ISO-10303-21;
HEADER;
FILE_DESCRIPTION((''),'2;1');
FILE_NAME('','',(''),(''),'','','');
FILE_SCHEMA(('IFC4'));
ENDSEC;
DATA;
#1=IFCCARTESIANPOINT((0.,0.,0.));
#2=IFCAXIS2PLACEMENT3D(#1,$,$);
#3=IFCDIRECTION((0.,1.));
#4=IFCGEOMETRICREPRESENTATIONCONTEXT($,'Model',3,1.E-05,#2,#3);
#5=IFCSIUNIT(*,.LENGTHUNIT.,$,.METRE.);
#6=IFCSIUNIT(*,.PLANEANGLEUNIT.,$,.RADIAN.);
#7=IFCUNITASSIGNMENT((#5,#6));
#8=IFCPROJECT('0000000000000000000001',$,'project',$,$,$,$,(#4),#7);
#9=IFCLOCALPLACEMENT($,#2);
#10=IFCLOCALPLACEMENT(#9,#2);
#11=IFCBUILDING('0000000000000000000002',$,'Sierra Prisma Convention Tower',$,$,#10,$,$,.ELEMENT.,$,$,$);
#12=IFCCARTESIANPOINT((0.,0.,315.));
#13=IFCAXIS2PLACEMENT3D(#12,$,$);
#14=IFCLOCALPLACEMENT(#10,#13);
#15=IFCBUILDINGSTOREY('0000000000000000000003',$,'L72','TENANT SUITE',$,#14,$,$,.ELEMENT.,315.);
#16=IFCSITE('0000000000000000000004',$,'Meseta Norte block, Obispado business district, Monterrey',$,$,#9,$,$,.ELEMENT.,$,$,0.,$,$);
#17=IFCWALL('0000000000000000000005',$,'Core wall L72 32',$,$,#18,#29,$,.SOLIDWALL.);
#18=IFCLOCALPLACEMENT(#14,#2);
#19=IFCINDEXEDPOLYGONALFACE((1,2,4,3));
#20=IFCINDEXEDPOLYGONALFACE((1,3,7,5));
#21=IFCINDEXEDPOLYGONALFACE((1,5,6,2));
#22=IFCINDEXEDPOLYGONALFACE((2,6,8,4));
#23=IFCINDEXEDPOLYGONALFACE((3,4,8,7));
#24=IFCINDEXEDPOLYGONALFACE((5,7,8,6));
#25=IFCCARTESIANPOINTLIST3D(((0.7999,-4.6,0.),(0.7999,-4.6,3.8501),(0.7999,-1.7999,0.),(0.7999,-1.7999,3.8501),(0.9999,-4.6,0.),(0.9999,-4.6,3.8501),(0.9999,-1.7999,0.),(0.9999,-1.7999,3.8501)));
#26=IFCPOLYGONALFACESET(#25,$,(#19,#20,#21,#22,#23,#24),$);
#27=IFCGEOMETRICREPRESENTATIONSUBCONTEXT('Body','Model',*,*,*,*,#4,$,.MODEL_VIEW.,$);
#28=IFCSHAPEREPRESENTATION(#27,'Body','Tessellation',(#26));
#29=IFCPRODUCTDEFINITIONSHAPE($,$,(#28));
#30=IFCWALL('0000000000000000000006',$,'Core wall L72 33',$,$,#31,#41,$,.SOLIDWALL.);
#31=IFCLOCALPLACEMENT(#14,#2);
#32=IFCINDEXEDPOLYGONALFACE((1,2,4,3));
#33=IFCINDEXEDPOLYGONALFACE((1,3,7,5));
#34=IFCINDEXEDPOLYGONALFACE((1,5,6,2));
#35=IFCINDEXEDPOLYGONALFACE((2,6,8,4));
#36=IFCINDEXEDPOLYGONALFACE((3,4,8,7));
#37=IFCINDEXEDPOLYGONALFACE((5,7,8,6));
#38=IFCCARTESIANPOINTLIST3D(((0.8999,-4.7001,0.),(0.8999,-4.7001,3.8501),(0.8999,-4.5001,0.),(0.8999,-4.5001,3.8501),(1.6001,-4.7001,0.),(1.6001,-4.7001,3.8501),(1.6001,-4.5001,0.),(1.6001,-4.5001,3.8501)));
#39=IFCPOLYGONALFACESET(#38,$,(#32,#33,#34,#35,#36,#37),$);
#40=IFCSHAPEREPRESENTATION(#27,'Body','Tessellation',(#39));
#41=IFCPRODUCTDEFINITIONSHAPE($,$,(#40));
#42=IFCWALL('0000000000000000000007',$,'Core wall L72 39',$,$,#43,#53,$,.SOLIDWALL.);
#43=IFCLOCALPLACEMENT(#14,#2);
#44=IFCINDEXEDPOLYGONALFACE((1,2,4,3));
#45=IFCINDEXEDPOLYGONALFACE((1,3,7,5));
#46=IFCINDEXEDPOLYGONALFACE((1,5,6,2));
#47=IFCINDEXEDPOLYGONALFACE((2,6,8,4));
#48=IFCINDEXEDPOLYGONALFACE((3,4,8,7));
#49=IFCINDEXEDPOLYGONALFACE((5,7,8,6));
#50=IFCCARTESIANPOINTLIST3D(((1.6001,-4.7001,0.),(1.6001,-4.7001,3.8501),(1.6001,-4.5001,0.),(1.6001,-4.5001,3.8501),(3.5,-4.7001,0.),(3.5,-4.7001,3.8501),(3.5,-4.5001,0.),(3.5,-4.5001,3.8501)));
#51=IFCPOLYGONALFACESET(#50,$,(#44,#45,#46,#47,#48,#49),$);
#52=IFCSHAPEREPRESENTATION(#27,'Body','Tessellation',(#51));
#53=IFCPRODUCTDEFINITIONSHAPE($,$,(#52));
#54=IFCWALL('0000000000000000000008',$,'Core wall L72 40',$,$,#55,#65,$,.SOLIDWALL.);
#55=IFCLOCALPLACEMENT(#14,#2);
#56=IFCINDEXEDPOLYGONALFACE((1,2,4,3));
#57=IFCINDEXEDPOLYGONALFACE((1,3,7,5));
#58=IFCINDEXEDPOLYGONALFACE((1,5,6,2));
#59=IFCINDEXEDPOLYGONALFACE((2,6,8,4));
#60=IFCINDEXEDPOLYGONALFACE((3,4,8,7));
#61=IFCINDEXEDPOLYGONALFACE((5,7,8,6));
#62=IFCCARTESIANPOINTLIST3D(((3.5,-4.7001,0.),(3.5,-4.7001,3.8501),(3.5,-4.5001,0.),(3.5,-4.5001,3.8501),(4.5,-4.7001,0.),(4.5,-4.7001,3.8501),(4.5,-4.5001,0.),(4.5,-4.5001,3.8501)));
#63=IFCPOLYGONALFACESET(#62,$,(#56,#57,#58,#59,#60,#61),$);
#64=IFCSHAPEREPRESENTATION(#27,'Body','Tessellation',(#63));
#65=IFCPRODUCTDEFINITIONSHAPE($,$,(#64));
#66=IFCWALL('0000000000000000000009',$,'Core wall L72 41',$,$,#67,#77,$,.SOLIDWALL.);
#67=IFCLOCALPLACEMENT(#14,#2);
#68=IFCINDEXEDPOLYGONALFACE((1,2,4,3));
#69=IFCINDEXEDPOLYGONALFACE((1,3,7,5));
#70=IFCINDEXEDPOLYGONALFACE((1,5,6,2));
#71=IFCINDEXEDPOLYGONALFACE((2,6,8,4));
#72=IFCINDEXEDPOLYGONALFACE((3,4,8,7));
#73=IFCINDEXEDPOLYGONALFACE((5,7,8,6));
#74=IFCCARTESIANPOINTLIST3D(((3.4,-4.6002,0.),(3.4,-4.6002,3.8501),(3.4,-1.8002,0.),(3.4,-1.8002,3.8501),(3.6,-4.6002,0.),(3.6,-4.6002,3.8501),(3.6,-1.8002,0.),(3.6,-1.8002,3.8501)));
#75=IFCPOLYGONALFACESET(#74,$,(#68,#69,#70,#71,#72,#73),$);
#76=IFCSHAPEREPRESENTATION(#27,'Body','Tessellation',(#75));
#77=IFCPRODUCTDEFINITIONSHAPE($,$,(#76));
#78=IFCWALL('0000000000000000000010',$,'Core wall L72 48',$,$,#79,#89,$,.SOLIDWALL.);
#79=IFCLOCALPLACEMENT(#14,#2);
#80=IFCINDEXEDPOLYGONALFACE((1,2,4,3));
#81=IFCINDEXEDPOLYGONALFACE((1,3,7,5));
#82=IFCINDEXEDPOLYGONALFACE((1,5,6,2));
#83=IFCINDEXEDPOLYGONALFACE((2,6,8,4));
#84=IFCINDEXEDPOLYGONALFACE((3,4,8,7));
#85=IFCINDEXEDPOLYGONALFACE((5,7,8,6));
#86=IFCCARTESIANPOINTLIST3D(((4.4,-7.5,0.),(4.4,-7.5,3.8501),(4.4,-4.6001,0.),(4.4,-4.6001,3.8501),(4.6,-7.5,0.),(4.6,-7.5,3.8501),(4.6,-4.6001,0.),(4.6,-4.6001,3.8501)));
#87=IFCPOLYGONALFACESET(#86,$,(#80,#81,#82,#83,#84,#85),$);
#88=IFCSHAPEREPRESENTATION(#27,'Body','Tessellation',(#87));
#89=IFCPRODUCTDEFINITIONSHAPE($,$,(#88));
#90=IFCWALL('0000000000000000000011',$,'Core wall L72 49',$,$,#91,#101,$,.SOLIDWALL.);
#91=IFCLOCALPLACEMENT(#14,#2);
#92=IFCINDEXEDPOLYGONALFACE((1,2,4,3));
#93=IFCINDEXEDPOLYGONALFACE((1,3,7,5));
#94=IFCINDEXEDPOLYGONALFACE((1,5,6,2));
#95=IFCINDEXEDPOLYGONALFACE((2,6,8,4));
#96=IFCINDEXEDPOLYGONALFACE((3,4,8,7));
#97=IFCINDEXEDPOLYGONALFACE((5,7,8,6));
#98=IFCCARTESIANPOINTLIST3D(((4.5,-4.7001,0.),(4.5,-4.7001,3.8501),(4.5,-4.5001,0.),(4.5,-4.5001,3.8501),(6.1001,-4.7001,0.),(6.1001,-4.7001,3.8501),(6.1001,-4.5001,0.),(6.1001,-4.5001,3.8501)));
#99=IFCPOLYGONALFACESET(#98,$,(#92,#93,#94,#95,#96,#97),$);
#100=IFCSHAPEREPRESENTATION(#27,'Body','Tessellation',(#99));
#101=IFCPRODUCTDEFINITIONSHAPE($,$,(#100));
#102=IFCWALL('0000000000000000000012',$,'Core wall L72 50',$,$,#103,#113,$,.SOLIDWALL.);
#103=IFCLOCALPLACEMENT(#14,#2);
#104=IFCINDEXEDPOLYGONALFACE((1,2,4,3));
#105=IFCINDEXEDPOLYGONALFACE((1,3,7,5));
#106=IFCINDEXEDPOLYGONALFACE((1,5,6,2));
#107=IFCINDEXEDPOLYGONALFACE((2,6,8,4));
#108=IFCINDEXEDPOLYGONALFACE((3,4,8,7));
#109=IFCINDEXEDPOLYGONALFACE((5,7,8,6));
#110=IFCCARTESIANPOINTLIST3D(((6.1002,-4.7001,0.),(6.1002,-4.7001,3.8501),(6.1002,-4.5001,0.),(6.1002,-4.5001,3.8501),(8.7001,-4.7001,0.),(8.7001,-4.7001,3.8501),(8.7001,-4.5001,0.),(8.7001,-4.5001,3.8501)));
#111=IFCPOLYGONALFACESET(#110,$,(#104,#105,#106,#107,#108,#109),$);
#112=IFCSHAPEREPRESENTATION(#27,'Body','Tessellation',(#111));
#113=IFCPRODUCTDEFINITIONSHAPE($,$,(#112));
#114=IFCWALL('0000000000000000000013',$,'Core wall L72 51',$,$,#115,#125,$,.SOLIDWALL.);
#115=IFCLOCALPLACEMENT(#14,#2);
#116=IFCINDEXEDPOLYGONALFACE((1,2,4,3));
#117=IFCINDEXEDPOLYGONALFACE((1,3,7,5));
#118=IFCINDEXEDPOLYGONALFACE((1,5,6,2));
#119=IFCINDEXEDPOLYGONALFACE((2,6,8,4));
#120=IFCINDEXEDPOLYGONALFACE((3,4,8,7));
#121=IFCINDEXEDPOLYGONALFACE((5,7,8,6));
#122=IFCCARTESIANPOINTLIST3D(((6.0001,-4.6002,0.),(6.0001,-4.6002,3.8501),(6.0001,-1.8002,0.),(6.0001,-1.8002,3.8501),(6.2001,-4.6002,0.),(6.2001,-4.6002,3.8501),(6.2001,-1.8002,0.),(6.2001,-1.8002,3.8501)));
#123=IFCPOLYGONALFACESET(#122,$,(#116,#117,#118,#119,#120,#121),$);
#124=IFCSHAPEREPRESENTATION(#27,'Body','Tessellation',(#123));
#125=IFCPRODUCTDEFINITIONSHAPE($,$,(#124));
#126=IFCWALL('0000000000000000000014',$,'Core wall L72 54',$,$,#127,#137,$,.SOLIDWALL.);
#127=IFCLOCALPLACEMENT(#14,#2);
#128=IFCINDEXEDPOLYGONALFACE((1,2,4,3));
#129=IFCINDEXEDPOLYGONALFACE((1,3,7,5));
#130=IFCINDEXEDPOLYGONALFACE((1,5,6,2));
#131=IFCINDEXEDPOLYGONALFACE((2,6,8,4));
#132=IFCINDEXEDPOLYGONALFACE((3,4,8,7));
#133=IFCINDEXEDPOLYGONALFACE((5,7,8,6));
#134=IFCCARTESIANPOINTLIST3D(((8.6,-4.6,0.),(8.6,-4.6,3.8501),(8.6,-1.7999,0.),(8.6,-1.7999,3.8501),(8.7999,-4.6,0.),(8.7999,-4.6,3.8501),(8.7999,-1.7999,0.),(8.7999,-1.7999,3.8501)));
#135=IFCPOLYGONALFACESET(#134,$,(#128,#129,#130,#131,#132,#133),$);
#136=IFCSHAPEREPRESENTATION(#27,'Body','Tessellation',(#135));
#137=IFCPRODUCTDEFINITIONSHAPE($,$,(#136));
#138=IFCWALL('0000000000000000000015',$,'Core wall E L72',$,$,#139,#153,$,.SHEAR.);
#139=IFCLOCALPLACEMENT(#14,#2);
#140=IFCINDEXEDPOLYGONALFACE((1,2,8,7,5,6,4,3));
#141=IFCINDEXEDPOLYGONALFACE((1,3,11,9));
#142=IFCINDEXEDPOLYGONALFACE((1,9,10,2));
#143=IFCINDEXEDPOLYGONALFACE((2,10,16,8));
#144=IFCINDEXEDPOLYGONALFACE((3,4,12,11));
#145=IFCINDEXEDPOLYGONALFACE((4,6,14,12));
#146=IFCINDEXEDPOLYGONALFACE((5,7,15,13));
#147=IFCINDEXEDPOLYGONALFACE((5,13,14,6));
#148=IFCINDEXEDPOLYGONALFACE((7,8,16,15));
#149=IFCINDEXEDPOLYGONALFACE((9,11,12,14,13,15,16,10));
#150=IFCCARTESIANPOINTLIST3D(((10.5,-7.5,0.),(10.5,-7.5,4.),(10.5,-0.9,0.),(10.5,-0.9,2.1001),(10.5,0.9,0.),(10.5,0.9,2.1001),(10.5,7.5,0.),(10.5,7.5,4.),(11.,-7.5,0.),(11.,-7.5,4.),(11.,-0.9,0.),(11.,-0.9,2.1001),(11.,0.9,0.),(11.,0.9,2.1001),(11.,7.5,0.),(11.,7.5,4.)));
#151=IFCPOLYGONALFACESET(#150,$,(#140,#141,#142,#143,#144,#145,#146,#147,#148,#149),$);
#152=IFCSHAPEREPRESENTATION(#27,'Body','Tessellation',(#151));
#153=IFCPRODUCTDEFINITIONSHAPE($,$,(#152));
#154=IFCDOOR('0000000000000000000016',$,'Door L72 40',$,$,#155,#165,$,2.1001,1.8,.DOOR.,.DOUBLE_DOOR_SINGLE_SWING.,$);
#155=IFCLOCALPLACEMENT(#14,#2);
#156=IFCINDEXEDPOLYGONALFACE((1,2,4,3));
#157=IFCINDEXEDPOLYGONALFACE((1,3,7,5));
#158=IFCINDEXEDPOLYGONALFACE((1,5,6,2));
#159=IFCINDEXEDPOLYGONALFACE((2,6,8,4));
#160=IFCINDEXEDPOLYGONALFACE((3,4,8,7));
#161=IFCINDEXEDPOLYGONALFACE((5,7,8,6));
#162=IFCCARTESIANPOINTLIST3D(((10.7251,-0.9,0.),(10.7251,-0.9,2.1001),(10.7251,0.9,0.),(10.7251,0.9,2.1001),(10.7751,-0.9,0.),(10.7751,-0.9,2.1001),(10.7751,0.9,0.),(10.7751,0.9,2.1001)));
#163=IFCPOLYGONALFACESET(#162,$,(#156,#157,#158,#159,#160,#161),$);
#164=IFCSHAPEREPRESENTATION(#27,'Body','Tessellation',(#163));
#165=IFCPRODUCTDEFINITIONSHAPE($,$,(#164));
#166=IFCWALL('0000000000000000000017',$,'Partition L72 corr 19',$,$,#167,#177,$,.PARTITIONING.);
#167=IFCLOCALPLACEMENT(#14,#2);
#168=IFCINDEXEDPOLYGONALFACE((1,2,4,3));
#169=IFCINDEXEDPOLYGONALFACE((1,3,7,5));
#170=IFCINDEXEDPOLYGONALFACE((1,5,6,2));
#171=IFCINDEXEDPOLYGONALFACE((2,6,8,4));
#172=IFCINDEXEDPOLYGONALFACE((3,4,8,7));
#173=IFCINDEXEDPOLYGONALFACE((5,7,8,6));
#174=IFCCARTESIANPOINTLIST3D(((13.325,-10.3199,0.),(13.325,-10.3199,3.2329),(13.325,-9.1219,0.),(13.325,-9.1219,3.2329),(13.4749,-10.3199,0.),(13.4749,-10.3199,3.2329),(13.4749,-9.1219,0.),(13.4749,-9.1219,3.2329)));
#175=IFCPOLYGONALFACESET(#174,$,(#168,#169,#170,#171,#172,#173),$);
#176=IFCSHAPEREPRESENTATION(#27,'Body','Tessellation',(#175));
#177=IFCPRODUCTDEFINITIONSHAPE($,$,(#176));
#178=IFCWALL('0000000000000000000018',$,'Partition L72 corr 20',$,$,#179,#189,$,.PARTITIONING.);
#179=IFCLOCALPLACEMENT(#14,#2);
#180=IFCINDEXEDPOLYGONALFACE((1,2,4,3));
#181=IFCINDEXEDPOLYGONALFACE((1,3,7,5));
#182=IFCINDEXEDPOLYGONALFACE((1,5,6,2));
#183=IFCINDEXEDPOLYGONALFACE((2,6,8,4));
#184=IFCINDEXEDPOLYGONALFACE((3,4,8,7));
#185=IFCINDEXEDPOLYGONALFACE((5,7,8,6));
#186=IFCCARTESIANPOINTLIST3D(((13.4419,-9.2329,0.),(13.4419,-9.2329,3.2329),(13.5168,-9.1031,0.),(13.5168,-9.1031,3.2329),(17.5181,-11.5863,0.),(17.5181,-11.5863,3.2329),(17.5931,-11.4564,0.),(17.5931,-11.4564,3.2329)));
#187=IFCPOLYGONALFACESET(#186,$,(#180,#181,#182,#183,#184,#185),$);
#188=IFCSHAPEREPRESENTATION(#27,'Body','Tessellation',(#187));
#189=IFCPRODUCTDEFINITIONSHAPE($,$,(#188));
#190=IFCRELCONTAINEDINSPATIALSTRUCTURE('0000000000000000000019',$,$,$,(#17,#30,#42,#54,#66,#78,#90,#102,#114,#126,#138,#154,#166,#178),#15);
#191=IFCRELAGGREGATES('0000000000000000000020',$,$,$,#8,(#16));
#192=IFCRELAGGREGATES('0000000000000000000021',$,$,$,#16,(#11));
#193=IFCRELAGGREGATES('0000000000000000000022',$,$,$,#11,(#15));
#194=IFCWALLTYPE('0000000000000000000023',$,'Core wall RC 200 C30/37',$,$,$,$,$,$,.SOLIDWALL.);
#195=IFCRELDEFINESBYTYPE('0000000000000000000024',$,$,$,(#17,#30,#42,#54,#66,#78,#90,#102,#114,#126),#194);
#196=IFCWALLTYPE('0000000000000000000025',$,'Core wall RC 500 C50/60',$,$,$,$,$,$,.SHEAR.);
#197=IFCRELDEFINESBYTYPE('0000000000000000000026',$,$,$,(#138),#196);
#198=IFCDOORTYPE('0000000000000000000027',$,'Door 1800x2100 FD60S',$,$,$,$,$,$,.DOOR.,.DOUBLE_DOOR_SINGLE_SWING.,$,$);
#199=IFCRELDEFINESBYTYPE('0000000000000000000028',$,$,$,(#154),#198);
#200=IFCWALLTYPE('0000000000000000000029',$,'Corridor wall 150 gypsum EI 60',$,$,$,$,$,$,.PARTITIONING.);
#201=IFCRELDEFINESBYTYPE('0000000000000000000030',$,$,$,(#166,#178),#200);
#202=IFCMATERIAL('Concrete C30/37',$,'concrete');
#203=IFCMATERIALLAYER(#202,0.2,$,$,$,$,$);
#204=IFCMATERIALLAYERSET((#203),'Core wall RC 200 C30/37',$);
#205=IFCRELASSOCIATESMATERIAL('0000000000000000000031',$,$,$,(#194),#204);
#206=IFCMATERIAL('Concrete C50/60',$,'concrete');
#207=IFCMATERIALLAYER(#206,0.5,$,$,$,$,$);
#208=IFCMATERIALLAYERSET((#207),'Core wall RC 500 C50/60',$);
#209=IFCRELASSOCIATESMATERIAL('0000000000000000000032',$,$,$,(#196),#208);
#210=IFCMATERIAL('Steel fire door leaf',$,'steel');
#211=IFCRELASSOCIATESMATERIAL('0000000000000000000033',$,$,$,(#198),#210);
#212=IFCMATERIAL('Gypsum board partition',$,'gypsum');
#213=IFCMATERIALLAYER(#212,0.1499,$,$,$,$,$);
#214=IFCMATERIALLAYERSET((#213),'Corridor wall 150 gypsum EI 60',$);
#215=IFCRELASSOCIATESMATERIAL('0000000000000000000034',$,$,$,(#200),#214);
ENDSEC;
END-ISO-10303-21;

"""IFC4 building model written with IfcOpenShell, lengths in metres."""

from ifc_helpers import new_model, si_unit, direction, frame, frame_2d, origin, place, context, subcontext, project, spatial, rectangle, extrude, material, layer, layer_set, type_object, element, fill, save


model = new_model("IFC4")

# Units and contexts
model_context = context("Model", 3, precision=1e-05, world=origin(), true_north=direction((0.0, 1.0)))
body_context = subcontext(model_context, "Body", "Model", "MODEL_VIEW")
ifc_project = project(units=[si_unit("LENGTHUNIT", "METRE"), si_unit("PLANEANGLEUNIT", "RADIAN")], contexts=[model_context])

# Site, building, storey
site_placement = place(None, origin())
site = spatial("IfcSite", under=ifc_project, at=site_placement, Name="Meseta Norte block, Obispado business district, Monterrey", CompositionType="ELEMENT", RefElevation=0.0)
building_placement = place(site_placement, origin())
building = spatial("IfcBuilding", under=site, at=building_placement, Name="Sierra Prisma Convention Tower", CompositionType="ELEMENT")
storey_placement = place(building_placement, frame((0.0, 0.0, 315.0)))
storey = spatial("IfcBuildingStorey", under=building, at=storey_placement, Name="L72", Description="TENANT SUITE", CompositionType="ELEMENT", Elevation=315.0)

# Shared definitions
ifc_material_1 = material(Name="Concrete C30/37", Category="concrete")
ifc_layer_1 = layer(ifc_material_1, 0.2)
ifc_layer_set_1 = layer_set([ifc_layer_1], Name="Core wall RC 200 C30/37")
wall_type_1 = type_object("IfcWallType", Name="Core wall RC 200 C30/37", PredefinedType="SOLIDWALL", material=ifc_layer_set_1)

# Walls
wall_1_placement = place(storey_placement, frame((0.8999, -1.8, 0.0), z_axis=(0.0, 0.0, 1.0), x_axis=(0.0, -1.0, 0.0)))
element("IfcWall", 1, at=wall_1_placement, inside=storey, type_object=wall_type_1, Name="Core wall L72 32", PredefinedType="SOLIDWALL", context=body_context, shape_type="SweptSolid", body=[
    extrude(rectangle(XDim=2.8, YDim=0.2, at=frame_2d((1.3999, 0.0))), origin(), (0.0, 0.0, 1.0), 3.8501),
])
wall_2_placement = place(storey_placement, frame((0.8999, -4.6001, 0.0), z_axis=(0.0, 0.0, 1.0), x_axis=(1.0, 0.0, 0.0)))
element("IfcWall", 2, at=wall_2_placement, inside=storey, type_object=wall_type_1, Name="Core wall L72 33", PredefinedType="SOLIDWALL", context=body_context, shape_type="SweptSolid", body=[
    extrude(rectangle(XDim=0.7002, YDim=0.2, at=frame_2d((0.3501, 0.0))), origin(), (0.0, 0.0, 1.0), 3.8501),
])

# Walls
wall_3_placement = place(storey_placement, frame((3.5, -4.6001, 0.0), z_axis=(0.0, 0.0, 1.0), x_axis=(-1.0, 0.0, 0.0)))
element("IfcWall", 3, at=wall_3_placement, inside=storey, type_object=wall_type_1, Name="Core wall L72 39", PredefinedType="SOLIDWALL", context=body_context, shape_type="SweptSolid", body=[
    extrude(rectangle(XDim=1.8999, YDim=0.2, at=frame_2d((0.95, 0.0))), origin(), (0.0, 0.0, 1.0), 3.8501),
])
wall_4_placement = place(storey_placement, frame((4.5, -4.6001, 0.0), z_axis=(0.0, 0.0, 1.0), x_axis=(-1.0, 0.0, 0.0)))
element("IfcWall", 4, at=wall_4_placement, inside=storey, type_object=wall_type_1, Name="Core wall L72 40", PredefinedType="SOLIDWALL", context=body_context, shape_type="SweptSolid", body=[
    extrude(rectangle(XDim=1.0, YDim=0.2, at=frame_2d((0.5, 0.0))), origin(), (0.0, 0.0, 1.0), 3.8501),
])
wall_5_placement = place(storey_placement, frame((3.5, -4.6001, 0.0), z_axis=(0.0, 0.0, 1.0), x_axis=(0.0, 1.0, 0.0)))
element("IfcWall", 5, at=wall_5_placement, inside=storey, type_object=wall_type_1, Name="Core wall L72 41", PredefinedType="SOLIDWALL", context=body_context, shape_type="SweptSolid", body=[
    extrude(rectangle(XDim=2.8, YDim=0.2, at=frame_2d((1.3999, 0.0))), origin(), (0.0, 0.0, 1.0), 3.8501),
])

# Walls
wall_6_placement = place(storey_placement, frame((4.5, -4.6001, 0.0), z_axis=(0.0, 0.0, 1.0), x_axis=(0.0, -1.0, 0.0)))
element("IfcWall", 6, at=wall_6_placement, inside=storey, type_object=wall_type_1, Name="Core wall L72 48", PredefinedType="SOLIDWALL", context=body_context, shape_type="SweptSolid", body=[
    extrude(rectangle(XDim=2.8999, YDim=0.2, at=frame_2d((1.45, 0.0))), origin(), (0.0, 0.0, 1.0), 3.8501),
])
wall_7_placement = place(storey_placement, frame((6.1001, -4.6001, 0.0), z_axis=(0.0, 0.0, 1.0), x_axis=(-1.0, 0.0, 0.0)))
element("IfcWall", 7, at=wall_7_placement, inside=storey, type_object=wall_type_1, Name="Core wall L72 49", PredefinedType="SOLIDWALL", context=body_context, shape_type="SweptSolid", body=[
    extrude(rectangle(XDim=1.6001, YDim=0.2, at=frame_2d((0.8, 0.0))), origin(), (0.0, 0.0, 1.0), 3.8501),
])
wall_8_placement = place(storey_placement, frame((8.7, -4.6001, 0.0), z_axis=(0.0, 0.0, 1.0), x_axis=(-1.0, 0.0, 0.0)))
element("IfcWall", 8, at=wall_8_placement, inside=storey, type_object=wall_type_1, Name="Core wall L72 50", PredefinedType="SOLIDWALL", context=body_context, shape_type="SweptSolid", body=[
    extrude(rectangle(XDim=2.5999, YDim=0.2, at=frame_2d((1.2998, 0.0))), origin(), (0.0, 0.0, 1.0), 3.8501),
])
wall_9_placement = place(storey_placement, frame((6.1001, -4.6001, 0.0), z_axis=(0.0, 0.0, 1.0), x_axis=(0.0, 1.0, 0.0)))
element("IfcWall", 9, at=wall_9_placement, inside=storey, type_object=wall_type_1, Name="Core wall L72 51", PredefinedType="SOLIDWALL", context=body_context, shape_type="SweptSolid", body=[
    extrude(rectangle(XDim=2.8, YDim=0.2, at=frame_2d((1.3999, 0.0))), origin(), (0.0, 0.0, 1.0), 3.8501),
])

# Wall
wall_10_placement = place(storey_placement, frame((8.7, -1.8, 0.0), z_axis=(0.0, 0.0, 1.0), x_axis=(0.0, -1.0, 0.0)))
element("IfcWall", 10, at=wall_10_placement, inside=storey, type_object=wall_type_1, Name="Core wall L72 54", PredefinedType="SOLIDWALL", context=body_context, shape_type="SweptSolid", body=[
    extrude(rectangle(XDim=2.8, YDim=0.2, at=frame_2d((1.3999, 0.0))), origin(), (0.0, 0.0, 1.0), 3.8501),
])

# Wall, opening, door
ifc_material_2 = material(Name="Concrete C50/60", Category="concrete")
ifc_layer_2 = layer(ifc_material_2, 0.5)
ifc_layer_set_2 = layer_set([ifc_layer_2], Name="Core wall RC 500 C50/60")
wall_type_2 = type_object("IfcWallType", Name="Core wall RC 500 C50/60", PredefinedType="SHEAR", material=ifc_layer_set_2)
wall_11_placement = place(storey_placement, frame((10.75, -7.5, 0.0), z_axis=(0.0, 0.0, 1.0), x_axis=(0.0, 1.0, 0.0)))
wall_11 = element("IfcWall", 11, at=wall_11_placement, inside=storey, type_object=wall_type_2, Name="Core wall E L72", PredefinedType="SHEAR", context=body_context, shape_type="SweptSolid", body=[
    extrude(rectangle(XDim=15.0, YDim=0.5, at=frame_2d((7.5, 0.0))), origin(), (0.0, 0.0, 1.0), 4.0),
])
opening_1_placement = place(wall_11_placement, frame((6.6001, 0.0, 0.0)))
opening_1 = element("IfcOpeningElement", 12, at=opening_1_placement, cuts=wall_11, PredefinedType="OPENING", context=body_context, shape_type="SweptSolid", body=[
    extrude(rectangle(XDim=1.8, YDim=2.1001, at=frame_2d((0.8999, 1.05))), frame((0.0, 0.25, 0.0), z_axis=(0.0, -1.0, 0.0), x_axis=(1.0, 0.0, 0.0)), (0.0, 0.0, 1.0), 0.5),
])
ifc_material_3 = material(Name="Steel fire door leaf", Category="steel")
door_type_1 = type_object("IfcDoorType", Name="Door 1800x2100 FD60S", OperationType="DOUBLE_DOOR_SINGLE_SWING", PredefinedType="DOOR", material=ifc_material_3)
door_1_placement = place(opening_1_placement, origin())
door_1 = element("IfcDoor", 13, at=door_1_placement, inside=storey, type_object=door_type_1, Name="Door L72 40", OperationType="DOUBLE_DOOR_SINGLE_SWING", OverallHeight=2.1001, OverallWidth=1.8, PredefinedType="DOOR", context=body_context, shape_type="SweptSolid", body=[
    extrude(rectangle(XDim=1.8, YDim=2.1001, at=frame_2d((0.8999, 1.05))), frame((0.0, 0.0249, 0.0), z_axis=(0.0, -1.0, 0.0), x_axis=(1.0, 0.0, 0.0)), (0.0, 0.0, 1.0), 0.05),
])
fill(opening_1, door_1)

# Walls
ifc_material_4 = material(Name="Gypsum board partition", Category="gypsum")
ifc_layer_3 = layer(ifc_material_4, 0.1499)
ifc_layer_set_3 = layer_set([ifc_layer_3], Name="Corridor wall 150 gypsum EI 60")
wall_type_3 = type_object("IfcWallType", Name="Corridor wall 150 gypsum EI 60", PredefinedType="PARTITIONING", material=ifc_layer_set_3)
wall_12_placement = place(storey_placement, frame((13.3999, -10.3201, 0.0), z_axis=(0.0, 0.0, 1.0), x_axis=(0.0, 1.0, 0.0)))
element("IfcWall", 14, at=wall_12_placement, inside=storey, type_object=wall_type_3, Name="Partition L72 corr 19", PredefinedType="PARTITIONING", context=body_context, shape_type="SweptSolid", body=[
    extrude(rectangle(XDim=1.198, YDim=0.1499, at=frame_2d((0.5991, 0.0))), origin(), (0.0, 0.0, 1.0), 3.2329),
])
wall_13_placement = place(storey_placement, frame((13.4792, -9.168, 0.0), z_axis=(0.0, 0.0, 1.0), x_axis=(0.866035, -0.499983, 0.0)))
element("IfcWall", 15, at=wall_13_placement, inside=storey, type_object=wall_type_3, Name="Partition L72 corr 20", PredefinedType="PARTITIONING", context=body_context, shape_type="SweptSolid", body=[
    extrude(rectangle(XDim=4.7068, YDim=0.1499, at=frame_2d((2.3535, 0.0))), origin(), (0.0, 0.0, 1.0), 3.2329),
])

save(model, "model.ifc")
